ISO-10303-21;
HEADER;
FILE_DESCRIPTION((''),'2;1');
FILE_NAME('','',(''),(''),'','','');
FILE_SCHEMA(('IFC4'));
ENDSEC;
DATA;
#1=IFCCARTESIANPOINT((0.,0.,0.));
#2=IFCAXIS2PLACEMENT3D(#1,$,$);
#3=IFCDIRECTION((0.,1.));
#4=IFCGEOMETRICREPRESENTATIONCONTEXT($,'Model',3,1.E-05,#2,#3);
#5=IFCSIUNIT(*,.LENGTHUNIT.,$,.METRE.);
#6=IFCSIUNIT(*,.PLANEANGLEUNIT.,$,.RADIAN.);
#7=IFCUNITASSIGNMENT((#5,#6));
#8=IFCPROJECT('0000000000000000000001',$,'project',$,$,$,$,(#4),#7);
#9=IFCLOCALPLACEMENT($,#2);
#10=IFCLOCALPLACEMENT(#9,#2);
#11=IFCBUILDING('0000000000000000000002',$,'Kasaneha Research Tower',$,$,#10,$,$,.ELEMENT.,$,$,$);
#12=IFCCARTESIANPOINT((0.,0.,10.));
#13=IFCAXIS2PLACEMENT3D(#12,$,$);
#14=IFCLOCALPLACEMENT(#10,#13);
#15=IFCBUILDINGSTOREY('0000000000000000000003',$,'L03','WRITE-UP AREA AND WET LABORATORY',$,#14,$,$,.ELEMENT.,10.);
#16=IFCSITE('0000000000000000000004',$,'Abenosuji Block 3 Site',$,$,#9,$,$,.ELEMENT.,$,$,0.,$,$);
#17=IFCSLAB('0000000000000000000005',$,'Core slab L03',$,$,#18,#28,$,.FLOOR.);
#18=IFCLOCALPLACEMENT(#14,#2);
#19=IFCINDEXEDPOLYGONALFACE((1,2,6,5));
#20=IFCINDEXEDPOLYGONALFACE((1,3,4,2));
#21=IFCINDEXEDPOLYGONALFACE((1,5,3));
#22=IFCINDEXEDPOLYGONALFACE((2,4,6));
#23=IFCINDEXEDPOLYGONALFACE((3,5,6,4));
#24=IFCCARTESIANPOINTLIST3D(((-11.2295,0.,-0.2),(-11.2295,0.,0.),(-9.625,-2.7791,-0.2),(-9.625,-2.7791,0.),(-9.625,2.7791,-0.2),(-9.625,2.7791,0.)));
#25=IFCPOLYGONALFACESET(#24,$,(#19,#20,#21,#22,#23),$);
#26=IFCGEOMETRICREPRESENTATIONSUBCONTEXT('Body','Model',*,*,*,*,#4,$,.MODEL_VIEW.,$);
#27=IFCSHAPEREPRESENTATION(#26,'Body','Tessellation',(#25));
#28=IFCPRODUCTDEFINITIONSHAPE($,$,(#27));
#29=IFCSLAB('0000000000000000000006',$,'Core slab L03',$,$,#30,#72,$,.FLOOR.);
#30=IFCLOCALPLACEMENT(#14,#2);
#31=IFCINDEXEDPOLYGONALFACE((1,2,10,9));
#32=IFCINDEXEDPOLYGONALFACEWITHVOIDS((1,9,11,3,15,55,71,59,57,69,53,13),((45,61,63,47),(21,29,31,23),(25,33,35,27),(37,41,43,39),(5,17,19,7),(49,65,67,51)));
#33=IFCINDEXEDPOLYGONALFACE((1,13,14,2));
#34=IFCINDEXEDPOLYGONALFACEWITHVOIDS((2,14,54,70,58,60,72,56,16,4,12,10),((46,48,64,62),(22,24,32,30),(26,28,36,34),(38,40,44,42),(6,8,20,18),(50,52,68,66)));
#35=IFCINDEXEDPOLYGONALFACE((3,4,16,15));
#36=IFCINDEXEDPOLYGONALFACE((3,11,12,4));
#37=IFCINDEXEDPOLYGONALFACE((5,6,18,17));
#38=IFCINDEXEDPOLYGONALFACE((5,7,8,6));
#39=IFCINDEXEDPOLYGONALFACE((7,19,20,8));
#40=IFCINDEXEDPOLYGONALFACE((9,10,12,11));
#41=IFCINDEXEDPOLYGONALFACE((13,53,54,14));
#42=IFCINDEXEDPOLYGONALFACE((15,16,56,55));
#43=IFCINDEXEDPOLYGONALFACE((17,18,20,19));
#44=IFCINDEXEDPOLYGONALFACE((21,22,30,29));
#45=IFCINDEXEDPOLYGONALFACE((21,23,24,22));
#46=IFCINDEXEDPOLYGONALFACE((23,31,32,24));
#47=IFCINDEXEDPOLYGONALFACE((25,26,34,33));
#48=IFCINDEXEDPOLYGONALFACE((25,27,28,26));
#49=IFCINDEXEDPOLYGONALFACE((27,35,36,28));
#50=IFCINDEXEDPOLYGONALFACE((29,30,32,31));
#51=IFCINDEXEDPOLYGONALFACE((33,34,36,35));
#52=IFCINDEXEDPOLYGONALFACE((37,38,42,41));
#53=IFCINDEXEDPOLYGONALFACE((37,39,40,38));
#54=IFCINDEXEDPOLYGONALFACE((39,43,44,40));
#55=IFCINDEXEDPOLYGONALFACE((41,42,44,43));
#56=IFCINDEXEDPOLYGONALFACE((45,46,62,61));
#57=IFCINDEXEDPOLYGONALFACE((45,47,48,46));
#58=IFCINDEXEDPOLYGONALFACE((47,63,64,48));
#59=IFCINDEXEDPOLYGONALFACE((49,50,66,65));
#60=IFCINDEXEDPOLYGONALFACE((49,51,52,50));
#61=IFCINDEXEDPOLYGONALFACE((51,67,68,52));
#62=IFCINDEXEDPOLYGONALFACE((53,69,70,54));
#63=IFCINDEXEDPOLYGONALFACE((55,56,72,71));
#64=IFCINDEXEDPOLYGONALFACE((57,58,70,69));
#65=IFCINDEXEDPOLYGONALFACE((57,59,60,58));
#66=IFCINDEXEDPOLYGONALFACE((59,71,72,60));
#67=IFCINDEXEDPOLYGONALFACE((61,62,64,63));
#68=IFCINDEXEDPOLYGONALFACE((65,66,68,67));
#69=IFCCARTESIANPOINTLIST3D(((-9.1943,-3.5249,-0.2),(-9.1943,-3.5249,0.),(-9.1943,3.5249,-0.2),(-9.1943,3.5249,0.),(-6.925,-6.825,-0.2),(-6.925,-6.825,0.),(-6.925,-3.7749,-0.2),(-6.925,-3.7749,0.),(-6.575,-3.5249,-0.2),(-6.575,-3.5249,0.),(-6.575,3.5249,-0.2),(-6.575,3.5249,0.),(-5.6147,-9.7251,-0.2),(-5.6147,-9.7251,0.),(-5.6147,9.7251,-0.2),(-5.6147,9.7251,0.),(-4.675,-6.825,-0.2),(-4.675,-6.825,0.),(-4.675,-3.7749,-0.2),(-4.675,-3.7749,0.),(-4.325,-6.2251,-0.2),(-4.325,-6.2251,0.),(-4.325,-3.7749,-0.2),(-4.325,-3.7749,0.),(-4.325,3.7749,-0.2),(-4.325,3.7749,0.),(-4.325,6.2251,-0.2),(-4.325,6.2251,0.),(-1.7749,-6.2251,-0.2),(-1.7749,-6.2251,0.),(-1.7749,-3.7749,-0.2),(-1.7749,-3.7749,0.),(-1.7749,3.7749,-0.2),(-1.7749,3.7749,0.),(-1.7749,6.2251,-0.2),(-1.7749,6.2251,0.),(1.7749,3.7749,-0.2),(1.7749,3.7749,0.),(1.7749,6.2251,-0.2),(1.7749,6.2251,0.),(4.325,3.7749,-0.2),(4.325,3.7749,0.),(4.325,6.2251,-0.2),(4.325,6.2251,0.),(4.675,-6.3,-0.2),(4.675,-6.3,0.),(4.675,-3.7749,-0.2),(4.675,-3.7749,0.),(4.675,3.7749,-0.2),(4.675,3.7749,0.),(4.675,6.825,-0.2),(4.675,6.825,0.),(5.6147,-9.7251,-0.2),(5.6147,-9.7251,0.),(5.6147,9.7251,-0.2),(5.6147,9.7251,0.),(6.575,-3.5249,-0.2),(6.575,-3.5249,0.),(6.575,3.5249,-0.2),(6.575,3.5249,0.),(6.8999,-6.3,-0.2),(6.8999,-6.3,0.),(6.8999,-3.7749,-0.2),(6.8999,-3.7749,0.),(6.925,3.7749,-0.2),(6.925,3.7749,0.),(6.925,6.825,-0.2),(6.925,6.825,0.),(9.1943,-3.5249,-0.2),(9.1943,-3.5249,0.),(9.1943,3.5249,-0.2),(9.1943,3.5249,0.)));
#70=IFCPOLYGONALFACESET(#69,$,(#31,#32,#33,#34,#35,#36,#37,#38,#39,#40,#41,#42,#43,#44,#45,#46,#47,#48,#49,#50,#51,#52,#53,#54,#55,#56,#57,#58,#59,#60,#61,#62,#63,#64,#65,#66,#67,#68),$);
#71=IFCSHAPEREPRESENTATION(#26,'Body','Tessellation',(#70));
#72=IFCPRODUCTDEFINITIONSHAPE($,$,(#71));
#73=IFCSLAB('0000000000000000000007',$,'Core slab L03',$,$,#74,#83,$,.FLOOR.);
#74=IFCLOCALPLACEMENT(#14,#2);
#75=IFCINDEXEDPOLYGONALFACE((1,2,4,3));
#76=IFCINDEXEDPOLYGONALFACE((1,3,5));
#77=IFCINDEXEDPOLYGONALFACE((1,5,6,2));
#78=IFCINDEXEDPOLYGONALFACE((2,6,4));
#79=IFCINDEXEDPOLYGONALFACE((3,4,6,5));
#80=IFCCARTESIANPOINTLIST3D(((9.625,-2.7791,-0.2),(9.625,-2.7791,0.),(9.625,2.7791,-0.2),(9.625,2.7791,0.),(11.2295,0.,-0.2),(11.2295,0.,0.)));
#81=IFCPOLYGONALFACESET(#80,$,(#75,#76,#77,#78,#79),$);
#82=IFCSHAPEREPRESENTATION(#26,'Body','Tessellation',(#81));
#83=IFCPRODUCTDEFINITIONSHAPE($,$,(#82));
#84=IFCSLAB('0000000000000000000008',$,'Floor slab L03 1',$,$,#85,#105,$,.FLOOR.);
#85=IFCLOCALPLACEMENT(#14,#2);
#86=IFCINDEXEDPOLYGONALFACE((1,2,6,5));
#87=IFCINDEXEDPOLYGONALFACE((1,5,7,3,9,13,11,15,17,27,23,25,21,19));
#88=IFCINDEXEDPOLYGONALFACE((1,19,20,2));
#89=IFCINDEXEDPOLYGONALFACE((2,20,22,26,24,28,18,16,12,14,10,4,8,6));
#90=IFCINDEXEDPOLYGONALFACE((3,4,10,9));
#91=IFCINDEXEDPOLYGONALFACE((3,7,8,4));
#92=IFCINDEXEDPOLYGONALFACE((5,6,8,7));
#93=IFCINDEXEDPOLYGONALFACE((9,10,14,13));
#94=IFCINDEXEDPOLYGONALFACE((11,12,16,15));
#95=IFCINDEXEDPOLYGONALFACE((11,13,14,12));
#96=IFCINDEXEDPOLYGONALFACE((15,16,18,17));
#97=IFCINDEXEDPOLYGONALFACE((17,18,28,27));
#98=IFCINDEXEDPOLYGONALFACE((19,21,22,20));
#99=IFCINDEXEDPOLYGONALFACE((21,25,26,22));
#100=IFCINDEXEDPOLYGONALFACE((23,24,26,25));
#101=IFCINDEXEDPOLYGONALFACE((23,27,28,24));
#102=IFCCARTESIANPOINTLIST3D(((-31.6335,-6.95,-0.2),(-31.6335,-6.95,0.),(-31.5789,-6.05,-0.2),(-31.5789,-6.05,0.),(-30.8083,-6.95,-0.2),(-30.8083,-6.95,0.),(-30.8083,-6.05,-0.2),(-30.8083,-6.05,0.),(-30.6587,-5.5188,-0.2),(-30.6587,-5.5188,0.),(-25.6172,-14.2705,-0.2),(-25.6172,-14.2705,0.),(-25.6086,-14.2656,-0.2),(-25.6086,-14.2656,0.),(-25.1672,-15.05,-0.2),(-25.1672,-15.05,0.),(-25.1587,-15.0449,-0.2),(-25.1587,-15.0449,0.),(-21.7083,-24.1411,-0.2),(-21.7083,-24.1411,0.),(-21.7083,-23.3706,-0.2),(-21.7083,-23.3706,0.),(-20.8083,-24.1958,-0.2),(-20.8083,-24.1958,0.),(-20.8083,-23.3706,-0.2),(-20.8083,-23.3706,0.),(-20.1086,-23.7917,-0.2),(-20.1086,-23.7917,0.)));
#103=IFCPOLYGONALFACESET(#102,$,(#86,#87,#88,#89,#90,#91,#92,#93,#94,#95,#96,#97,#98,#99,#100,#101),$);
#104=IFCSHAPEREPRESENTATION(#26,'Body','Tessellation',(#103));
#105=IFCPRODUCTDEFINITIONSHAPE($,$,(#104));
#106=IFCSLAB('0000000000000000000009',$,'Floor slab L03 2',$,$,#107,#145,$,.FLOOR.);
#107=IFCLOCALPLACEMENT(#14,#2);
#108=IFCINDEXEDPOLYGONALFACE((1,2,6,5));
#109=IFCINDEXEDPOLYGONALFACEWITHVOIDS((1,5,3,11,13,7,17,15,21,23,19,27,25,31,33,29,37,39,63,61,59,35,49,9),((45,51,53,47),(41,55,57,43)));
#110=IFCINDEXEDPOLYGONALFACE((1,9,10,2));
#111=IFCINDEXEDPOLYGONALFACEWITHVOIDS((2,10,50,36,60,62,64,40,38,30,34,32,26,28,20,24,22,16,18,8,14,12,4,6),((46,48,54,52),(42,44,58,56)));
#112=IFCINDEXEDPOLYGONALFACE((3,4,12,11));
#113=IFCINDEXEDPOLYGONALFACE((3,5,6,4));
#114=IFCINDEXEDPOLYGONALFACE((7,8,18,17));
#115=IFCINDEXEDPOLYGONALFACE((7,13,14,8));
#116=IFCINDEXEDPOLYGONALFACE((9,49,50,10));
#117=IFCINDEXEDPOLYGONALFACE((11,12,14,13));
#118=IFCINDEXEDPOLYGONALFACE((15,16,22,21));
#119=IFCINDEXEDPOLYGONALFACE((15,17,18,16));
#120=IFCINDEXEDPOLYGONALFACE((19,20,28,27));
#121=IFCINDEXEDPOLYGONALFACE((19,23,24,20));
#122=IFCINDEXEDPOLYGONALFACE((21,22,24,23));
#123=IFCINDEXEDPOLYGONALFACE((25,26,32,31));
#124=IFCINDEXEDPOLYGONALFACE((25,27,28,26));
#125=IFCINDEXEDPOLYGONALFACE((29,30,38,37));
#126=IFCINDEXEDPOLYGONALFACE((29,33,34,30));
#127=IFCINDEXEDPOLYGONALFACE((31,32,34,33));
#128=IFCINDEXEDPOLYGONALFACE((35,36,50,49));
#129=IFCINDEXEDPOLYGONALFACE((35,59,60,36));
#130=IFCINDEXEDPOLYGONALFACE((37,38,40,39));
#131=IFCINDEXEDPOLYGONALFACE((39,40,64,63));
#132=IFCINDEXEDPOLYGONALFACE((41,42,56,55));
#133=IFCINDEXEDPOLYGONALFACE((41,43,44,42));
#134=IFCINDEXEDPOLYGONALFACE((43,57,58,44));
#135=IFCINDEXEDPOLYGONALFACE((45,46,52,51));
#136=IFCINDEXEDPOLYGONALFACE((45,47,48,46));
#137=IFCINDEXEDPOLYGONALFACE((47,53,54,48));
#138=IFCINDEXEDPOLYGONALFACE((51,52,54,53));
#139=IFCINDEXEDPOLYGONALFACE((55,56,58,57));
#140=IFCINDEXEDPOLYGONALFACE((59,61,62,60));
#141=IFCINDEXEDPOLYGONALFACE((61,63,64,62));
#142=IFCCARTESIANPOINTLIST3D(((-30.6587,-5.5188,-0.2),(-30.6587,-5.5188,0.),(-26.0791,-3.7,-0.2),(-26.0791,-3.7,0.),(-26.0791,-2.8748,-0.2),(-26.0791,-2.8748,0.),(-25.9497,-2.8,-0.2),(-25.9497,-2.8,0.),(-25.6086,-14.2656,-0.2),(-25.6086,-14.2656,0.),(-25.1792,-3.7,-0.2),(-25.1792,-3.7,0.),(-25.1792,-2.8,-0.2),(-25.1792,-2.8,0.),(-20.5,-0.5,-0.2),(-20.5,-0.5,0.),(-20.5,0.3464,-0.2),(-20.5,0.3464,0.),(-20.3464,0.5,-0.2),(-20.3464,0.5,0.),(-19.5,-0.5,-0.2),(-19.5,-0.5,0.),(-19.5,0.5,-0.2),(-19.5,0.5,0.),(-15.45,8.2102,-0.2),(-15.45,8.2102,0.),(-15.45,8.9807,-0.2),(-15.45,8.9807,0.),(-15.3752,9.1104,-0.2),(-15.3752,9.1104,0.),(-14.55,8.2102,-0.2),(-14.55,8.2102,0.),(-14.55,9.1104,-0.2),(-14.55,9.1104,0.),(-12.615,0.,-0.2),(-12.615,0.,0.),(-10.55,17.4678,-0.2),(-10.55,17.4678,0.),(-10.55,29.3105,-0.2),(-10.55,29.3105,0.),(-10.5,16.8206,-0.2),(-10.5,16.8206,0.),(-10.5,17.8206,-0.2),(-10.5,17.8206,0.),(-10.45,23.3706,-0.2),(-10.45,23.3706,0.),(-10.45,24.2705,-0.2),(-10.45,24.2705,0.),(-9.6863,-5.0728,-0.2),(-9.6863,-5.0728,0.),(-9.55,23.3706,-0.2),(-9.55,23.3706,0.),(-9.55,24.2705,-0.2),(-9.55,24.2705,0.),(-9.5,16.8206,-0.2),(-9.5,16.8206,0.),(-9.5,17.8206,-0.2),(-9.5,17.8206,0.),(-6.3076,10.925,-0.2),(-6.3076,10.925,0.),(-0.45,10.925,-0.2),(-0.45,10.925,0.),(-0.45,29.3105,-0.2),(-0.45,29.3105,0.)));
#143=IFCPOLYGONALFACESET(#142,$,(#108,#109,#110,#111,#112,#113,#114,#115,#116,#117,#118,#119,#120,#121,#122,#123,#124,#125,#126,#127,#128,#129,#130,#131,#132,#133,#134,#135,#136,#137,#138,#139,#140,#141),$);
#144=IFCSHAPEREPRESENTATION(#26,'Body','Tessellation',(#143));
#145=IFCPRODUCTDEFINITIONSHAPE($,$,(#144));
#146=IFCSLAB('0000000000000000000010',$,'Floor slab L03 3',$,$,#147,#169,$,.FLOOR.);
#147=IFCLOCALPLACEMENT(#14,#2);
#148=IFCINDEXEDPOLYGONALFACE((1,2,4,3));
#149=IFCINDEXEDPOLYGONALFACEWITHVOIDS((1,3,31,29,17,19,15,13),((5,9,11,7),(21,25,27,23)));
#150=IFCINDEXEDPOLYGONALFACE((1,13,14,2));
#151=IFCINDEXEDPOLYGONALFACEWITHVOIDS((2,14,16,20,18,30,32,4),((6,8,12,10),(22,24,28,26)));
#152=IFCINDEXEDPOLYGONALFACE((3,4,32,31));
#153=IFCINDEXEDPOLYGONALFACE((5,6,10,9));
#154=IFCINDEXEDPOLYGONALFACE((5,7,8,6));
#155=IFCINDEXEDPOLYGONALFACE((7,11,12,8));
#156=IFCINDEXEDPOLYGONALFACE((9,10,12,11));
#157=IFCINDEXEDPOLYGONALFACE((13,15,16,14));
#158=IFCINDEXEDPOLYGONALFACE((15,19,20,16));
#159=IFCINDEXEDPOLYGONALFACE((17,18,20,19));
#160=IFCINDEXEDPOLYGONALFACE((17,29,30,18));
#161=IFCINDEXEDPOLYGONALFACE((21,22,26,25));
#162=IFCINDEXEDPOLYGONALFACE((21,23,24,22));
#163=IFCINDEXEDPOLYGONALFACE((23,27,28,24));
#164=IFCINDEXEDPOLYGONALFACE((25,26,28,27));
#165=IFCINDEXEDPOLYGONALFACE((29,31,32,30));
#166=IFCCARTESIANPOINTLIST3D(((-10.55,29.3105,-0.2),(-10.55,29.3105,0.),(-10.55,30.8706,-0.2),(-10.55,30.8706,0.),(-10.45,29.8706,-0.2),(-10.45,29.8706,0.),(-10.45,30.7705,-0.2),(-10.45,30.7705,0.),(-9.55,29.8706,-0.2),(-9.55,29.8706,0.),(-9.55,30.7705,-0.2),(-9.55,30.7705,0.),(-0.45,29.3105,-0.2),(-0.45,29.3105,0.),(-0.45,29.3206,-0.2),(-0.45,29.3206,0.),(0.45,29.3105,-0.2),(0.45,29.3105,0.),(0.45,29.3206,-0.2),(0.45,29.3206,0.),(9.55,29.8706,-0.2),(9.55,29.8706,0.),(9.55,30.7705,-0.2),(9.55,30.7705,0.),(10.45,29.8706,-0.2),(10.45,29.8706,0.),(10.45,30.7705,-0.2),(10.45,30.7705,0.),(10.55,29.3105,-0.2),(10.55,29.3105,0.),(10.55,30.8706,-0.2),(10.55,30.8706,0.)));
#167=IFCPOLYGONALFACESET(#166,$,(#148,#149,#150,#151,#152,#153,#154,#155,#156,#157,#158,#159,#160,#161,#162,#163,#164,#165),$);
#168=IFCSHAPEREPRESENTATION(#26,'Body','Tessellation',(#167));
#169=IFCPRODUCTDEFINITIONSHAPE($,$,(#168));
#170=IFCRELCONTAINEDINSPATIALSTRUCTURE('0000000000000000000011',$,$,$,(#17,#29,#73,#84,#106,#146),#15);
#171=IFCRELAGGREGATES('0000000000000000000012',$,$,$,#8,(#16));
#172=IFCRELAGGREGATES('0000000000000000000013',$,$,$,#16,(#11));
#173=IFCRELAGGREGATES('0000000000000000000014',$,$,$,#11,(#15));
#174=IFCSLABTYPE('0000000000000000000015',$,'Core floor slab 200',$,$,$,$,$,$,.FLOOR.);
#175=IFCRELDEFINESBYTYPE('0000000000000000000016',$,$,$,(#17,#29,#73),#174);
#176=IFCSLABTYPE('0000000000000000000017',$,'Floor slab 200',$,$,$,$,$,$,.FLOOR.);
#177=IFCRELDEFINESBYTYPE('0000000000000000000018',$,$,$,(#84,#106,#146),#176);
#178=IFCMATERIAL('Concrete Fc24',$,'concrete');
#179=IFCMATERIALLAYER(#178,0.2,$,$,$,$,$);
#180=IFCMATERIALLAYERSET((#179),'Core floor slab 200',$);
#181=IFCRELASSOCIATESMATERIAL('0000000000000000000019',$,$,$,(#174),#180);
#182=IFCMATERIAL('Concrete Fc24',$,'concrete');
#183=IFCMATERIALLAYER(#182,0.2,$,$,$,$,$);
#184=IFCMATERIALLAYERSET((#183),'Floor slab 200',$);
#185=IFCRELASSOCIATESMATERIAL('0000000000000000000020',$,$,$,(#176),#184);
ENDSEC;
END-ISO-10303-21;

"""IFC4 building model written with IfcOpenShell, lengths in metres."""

from ifc_helpers import new_model, si_unit, direction, frame, origin, place, context, subcontext, project, spatial, polyline, outline, extrude, material, layer, layer_set, type_object, element, save


model = new_model("IFC4")

# Units and contexts
model_context = context("Model", 3, precision=1e-05, world=origin(), true_north=direction((0.0, 1.0)))
body_context = subcontext(model_context, "Body", "Model", "MODEL_VIEW")
ifc_project = project(units=[si_unit("LENGTHUNIT", "METRE"), si_unit("PLANEANGLEUNIT", "RADIAN")], contexts=[model_context])

# Site, building, storey
site_placement = place(None, origin())
site = spatial("IfcSite", under=ifc_project, at=site_placement, Name="Abenosuji Block 3 Site", CompositionType="ELEMENT", RefElevation=0.0)
building_placement = place(site_placement, origin())
building = spatial("IfcBuilding", under=site, at=building_placement, Name="Kasaneha Research Tower", CompositionType="ELEMENT")
storey_placement = place(building_placement, frame((0.0, 0.0, 10.0)))
storey = spatial("IfcBuildingStorey", under=building, at=storey_placement, Name="L03", Description="WRITE-UP AREA AND WET LABORATORY", CompositionType="ELEMENT", Elevation=10.0)

# Slabs
ifc_material_1 = material(Name="Concrete Fc24", Category="concrete")
ifc_layer_1 = layer(ifc_material_1, 0.2)
ifc_layer_set_1 = layer_set([ifc_layer_1], Name="Core floor slab 200")
slab_type_1 = type_object("IfcSlabType", Name="Core floor slab 200", PredefinedType="FLOOR", material=ifc_layer_set_1)
slab_1_placement = place(storey_placement, frame((0.0, 0.0, -0.2)))
element("IfcSlab", 1, at=slab_1_placement, inside=storey, type_object=slab_type_1, Name="Core slab L03", PredefinedType="FLOOR", context=body_context, shape_type="SweptSolid", body=[
    extrude(outline(polyline([(-11.2295, 0.0), (-9.625, 2.7791), (-9.625, -2.7791), (-11.2295, 0.0)])), origin(), (0.0, 0.0, 1.0), 0.2),
])
slab_2_placement = place(storey_placement, frame((0.0, 0.0, -0.2)))
element("IfcSlab", 2, at=slab_2_placement, inside=storey, type_object=slab_type_1, Name="Core slab L03", PredefinedType="FLOOR", context=body_context, shape_type="SweptSolid", body=[
    extrude(outline(polyline([(-5.6147, 9.7251), (5.6147, 9.7251), (9.1943, 3.5249), (6.575, 3.5249), (6.575, -3.5249), (9.1943, -3.5249), (5.6147, -9.7251), (-5.6147, -9.7251), (-9.1943, -3.5249), (-6.575, -3.5249), (-6.575, 3.5249), (-9.1943, 3.5249), (-5.6147, 9.7251)]), holes=[polyline([(-6.925, -3.7749), (-6.925, -6.825), (-4.675, -6.825), (-4.675, -3.7749), (-6.925, -3.7749)]), polyline([(4.675, -3.7749), (4.675, -6.3), (6.8999, -6.3), (6.8999, -3.7749), (4.675, -3.7749)]), polyline([(-4.325, -3.7749), (-4.325, -6.2251), (-1.7749, -6.2251), (-1.7749, -3.7749), (-4.325, -3.7749)]), polyline([(-4.325, 6.2251), (-4.325, 3.7749), (-1.7749, 3.7749), (-1.7749, 6.2251), (-4.325, 6.2251)]), polyline([(1.7749, 6.2251), (1.7749, 3.7749), (4.325, 3.7749), (4.325, 6.2251), (1.7749, 6.2251)]), polyline([(4.675, 6.825), (4.675, 3.7749), (6.925, 3.7749), (6.925, 6.825), (4.675, 6.825)])]), origin(), (0.0, 0.0, 1.0), 0.2),
])
slab_3_placement = place(storey_placement, frame((0.0, 0.0, -0.2)))
element("IfcSlab", 3, at=slab_3_placement, inside=storey, type_object=slab_type_1, Name="Core slab L03", PredefinedType="FLOOR", context=body_context, shape_type="SweptSolid", body=[
    extrude(outline(polyline([(11.2295, 0.0), (9.625, -2.7791), (9.625, 2.7791), (11.2295, 0.0)])), origin(), (0.0, 0.0, 1.0), 0.2),
])
ifc_material_2 = material(Name="Concrete Fc24", Category="concrete")
ifc_layer_2 = layer(ifc_material_2, 0.2)
ifc_layer_set_2 = layer_set([ifc_layer_2], Name="Floor slab 200")
slab_type_2 = type_object("IfcSlabType", Name="Floor slab 200", PredefinedType="FLOOR", material=ifc_layer_set_2)
slab_4_placement = place(storey_placement, frame((0.0, 0.0, -0.2)))
element("IfcSlab", 4, at=slab_4_placement, inside=storey, type_object=slab_type_2, Name="Floor slab L03 1", PredefinedType="FLOOR", context=body_context, shape_type="SweptSolid", body=[
    extrude(outline(polyline([(-25.1672, -15.05), (-25.1587, -15.0449), (-20.1086, -23.7917), (-20.8083, -24.1958), (-20.8083, -23.3706), (-21.7083, -23.3706), (-21.7083, -24.1411), (-31.6335, -6.95), (-30.8083, -6.95), (-30.8083, -6.05), (-31.5789, -6.05), (-30.6587, -5.5188), (-25.6086, -14.2656), (-25.6172, -14.2705), (-25.1672, -15.05)])), origin(), (0.0, 0.0, 1.0), 0.2),
])
slab_5_placement = place(storey_placement, frame((0.0, 0.0, -0.2)))
element("IfcSlab", 5, at=slab_5_placement, inside=storey, type_object=slab_type_2, Name="Floor slab L03 2", PredefinedType="FLOOR", context=body_context, shape_type="SweptSolid", body=[
    extrude(outline(polyline([(-25.1792, -2.8), (-25.9497, -2.8), (-20.5, 0.3464), (-20.5, -0.5), (-19.5, -0.5), (-19.5, 0.5), (-20.3464, 0.5), (-15.45, 8.9807), (-15.45, 8.2102), (-14.55, 8.2102), (-14.55, 9.1104), (-15.3752, 9.1104), (-10.55, 17.4678), (-10.55, 29.3105), (-0.45, 29.3105), (-0.45, 10.925), (-6.3076, 10.925), (-12.615, 0.0), (-9.6863, -5.0728), (-25.6086, -14.2656), (-30.6587, -5.5188), (-26.0791, -2.8748), (-26.0791, -3.7), (-25.1792, -3.7), (-25.1792, -2.8)]), holes=[polyline([(-9.5, 16.8206), (-9.5, 17.8206), (-10.5, 17.8206), (-10.5, 16.8206), (-9.5, 16.8206)]), polyline([(-10.45, 23.3706), (-9.55, 23.3706), (-9.55, 24.2705), (-10.45, 24.2705), (-10.45, 23.3706)])]), origin(), (0.0, 0.0, 1.0), 0.2),
])
slab_6_placement = place(storey_placement, frame((0.0, 0.0, -0.2)))
element("IfcSlab", 6, at=slab_6_placement, inside=storey, type_object=slab_type_2, Name="Floor slab L03 3", PredefinedType="FLOOR", context=body_context, shape_type="SweptSolid", body=[
    extrude(outline(polyline([(10.55, 29.3105), (0.45, 29.3105), (0.45, 29.3206), (-0.45, 29.3206), (-0.45, 29.3105), (-10.55, 29.3105), (-10.55, 30.8706), (10.55, 30.8706), (10.55, 29.3105)]), holes=[polyline([(-9.55, 29.8706), (-9.55, 30.7705), (-10.45, 30.7705), (-10.45, 29.8706), (-9.55, 29.8706)]), polyline([(9.55, 29.8706), (10.45, 29.8706), (10.45, 30.7705), (9.55, 30.7705), (9.55, 29.8706)])]), origin(), (0.0, 0.0, 1.0), 0.2),
])

save(model, "model.ifc")
